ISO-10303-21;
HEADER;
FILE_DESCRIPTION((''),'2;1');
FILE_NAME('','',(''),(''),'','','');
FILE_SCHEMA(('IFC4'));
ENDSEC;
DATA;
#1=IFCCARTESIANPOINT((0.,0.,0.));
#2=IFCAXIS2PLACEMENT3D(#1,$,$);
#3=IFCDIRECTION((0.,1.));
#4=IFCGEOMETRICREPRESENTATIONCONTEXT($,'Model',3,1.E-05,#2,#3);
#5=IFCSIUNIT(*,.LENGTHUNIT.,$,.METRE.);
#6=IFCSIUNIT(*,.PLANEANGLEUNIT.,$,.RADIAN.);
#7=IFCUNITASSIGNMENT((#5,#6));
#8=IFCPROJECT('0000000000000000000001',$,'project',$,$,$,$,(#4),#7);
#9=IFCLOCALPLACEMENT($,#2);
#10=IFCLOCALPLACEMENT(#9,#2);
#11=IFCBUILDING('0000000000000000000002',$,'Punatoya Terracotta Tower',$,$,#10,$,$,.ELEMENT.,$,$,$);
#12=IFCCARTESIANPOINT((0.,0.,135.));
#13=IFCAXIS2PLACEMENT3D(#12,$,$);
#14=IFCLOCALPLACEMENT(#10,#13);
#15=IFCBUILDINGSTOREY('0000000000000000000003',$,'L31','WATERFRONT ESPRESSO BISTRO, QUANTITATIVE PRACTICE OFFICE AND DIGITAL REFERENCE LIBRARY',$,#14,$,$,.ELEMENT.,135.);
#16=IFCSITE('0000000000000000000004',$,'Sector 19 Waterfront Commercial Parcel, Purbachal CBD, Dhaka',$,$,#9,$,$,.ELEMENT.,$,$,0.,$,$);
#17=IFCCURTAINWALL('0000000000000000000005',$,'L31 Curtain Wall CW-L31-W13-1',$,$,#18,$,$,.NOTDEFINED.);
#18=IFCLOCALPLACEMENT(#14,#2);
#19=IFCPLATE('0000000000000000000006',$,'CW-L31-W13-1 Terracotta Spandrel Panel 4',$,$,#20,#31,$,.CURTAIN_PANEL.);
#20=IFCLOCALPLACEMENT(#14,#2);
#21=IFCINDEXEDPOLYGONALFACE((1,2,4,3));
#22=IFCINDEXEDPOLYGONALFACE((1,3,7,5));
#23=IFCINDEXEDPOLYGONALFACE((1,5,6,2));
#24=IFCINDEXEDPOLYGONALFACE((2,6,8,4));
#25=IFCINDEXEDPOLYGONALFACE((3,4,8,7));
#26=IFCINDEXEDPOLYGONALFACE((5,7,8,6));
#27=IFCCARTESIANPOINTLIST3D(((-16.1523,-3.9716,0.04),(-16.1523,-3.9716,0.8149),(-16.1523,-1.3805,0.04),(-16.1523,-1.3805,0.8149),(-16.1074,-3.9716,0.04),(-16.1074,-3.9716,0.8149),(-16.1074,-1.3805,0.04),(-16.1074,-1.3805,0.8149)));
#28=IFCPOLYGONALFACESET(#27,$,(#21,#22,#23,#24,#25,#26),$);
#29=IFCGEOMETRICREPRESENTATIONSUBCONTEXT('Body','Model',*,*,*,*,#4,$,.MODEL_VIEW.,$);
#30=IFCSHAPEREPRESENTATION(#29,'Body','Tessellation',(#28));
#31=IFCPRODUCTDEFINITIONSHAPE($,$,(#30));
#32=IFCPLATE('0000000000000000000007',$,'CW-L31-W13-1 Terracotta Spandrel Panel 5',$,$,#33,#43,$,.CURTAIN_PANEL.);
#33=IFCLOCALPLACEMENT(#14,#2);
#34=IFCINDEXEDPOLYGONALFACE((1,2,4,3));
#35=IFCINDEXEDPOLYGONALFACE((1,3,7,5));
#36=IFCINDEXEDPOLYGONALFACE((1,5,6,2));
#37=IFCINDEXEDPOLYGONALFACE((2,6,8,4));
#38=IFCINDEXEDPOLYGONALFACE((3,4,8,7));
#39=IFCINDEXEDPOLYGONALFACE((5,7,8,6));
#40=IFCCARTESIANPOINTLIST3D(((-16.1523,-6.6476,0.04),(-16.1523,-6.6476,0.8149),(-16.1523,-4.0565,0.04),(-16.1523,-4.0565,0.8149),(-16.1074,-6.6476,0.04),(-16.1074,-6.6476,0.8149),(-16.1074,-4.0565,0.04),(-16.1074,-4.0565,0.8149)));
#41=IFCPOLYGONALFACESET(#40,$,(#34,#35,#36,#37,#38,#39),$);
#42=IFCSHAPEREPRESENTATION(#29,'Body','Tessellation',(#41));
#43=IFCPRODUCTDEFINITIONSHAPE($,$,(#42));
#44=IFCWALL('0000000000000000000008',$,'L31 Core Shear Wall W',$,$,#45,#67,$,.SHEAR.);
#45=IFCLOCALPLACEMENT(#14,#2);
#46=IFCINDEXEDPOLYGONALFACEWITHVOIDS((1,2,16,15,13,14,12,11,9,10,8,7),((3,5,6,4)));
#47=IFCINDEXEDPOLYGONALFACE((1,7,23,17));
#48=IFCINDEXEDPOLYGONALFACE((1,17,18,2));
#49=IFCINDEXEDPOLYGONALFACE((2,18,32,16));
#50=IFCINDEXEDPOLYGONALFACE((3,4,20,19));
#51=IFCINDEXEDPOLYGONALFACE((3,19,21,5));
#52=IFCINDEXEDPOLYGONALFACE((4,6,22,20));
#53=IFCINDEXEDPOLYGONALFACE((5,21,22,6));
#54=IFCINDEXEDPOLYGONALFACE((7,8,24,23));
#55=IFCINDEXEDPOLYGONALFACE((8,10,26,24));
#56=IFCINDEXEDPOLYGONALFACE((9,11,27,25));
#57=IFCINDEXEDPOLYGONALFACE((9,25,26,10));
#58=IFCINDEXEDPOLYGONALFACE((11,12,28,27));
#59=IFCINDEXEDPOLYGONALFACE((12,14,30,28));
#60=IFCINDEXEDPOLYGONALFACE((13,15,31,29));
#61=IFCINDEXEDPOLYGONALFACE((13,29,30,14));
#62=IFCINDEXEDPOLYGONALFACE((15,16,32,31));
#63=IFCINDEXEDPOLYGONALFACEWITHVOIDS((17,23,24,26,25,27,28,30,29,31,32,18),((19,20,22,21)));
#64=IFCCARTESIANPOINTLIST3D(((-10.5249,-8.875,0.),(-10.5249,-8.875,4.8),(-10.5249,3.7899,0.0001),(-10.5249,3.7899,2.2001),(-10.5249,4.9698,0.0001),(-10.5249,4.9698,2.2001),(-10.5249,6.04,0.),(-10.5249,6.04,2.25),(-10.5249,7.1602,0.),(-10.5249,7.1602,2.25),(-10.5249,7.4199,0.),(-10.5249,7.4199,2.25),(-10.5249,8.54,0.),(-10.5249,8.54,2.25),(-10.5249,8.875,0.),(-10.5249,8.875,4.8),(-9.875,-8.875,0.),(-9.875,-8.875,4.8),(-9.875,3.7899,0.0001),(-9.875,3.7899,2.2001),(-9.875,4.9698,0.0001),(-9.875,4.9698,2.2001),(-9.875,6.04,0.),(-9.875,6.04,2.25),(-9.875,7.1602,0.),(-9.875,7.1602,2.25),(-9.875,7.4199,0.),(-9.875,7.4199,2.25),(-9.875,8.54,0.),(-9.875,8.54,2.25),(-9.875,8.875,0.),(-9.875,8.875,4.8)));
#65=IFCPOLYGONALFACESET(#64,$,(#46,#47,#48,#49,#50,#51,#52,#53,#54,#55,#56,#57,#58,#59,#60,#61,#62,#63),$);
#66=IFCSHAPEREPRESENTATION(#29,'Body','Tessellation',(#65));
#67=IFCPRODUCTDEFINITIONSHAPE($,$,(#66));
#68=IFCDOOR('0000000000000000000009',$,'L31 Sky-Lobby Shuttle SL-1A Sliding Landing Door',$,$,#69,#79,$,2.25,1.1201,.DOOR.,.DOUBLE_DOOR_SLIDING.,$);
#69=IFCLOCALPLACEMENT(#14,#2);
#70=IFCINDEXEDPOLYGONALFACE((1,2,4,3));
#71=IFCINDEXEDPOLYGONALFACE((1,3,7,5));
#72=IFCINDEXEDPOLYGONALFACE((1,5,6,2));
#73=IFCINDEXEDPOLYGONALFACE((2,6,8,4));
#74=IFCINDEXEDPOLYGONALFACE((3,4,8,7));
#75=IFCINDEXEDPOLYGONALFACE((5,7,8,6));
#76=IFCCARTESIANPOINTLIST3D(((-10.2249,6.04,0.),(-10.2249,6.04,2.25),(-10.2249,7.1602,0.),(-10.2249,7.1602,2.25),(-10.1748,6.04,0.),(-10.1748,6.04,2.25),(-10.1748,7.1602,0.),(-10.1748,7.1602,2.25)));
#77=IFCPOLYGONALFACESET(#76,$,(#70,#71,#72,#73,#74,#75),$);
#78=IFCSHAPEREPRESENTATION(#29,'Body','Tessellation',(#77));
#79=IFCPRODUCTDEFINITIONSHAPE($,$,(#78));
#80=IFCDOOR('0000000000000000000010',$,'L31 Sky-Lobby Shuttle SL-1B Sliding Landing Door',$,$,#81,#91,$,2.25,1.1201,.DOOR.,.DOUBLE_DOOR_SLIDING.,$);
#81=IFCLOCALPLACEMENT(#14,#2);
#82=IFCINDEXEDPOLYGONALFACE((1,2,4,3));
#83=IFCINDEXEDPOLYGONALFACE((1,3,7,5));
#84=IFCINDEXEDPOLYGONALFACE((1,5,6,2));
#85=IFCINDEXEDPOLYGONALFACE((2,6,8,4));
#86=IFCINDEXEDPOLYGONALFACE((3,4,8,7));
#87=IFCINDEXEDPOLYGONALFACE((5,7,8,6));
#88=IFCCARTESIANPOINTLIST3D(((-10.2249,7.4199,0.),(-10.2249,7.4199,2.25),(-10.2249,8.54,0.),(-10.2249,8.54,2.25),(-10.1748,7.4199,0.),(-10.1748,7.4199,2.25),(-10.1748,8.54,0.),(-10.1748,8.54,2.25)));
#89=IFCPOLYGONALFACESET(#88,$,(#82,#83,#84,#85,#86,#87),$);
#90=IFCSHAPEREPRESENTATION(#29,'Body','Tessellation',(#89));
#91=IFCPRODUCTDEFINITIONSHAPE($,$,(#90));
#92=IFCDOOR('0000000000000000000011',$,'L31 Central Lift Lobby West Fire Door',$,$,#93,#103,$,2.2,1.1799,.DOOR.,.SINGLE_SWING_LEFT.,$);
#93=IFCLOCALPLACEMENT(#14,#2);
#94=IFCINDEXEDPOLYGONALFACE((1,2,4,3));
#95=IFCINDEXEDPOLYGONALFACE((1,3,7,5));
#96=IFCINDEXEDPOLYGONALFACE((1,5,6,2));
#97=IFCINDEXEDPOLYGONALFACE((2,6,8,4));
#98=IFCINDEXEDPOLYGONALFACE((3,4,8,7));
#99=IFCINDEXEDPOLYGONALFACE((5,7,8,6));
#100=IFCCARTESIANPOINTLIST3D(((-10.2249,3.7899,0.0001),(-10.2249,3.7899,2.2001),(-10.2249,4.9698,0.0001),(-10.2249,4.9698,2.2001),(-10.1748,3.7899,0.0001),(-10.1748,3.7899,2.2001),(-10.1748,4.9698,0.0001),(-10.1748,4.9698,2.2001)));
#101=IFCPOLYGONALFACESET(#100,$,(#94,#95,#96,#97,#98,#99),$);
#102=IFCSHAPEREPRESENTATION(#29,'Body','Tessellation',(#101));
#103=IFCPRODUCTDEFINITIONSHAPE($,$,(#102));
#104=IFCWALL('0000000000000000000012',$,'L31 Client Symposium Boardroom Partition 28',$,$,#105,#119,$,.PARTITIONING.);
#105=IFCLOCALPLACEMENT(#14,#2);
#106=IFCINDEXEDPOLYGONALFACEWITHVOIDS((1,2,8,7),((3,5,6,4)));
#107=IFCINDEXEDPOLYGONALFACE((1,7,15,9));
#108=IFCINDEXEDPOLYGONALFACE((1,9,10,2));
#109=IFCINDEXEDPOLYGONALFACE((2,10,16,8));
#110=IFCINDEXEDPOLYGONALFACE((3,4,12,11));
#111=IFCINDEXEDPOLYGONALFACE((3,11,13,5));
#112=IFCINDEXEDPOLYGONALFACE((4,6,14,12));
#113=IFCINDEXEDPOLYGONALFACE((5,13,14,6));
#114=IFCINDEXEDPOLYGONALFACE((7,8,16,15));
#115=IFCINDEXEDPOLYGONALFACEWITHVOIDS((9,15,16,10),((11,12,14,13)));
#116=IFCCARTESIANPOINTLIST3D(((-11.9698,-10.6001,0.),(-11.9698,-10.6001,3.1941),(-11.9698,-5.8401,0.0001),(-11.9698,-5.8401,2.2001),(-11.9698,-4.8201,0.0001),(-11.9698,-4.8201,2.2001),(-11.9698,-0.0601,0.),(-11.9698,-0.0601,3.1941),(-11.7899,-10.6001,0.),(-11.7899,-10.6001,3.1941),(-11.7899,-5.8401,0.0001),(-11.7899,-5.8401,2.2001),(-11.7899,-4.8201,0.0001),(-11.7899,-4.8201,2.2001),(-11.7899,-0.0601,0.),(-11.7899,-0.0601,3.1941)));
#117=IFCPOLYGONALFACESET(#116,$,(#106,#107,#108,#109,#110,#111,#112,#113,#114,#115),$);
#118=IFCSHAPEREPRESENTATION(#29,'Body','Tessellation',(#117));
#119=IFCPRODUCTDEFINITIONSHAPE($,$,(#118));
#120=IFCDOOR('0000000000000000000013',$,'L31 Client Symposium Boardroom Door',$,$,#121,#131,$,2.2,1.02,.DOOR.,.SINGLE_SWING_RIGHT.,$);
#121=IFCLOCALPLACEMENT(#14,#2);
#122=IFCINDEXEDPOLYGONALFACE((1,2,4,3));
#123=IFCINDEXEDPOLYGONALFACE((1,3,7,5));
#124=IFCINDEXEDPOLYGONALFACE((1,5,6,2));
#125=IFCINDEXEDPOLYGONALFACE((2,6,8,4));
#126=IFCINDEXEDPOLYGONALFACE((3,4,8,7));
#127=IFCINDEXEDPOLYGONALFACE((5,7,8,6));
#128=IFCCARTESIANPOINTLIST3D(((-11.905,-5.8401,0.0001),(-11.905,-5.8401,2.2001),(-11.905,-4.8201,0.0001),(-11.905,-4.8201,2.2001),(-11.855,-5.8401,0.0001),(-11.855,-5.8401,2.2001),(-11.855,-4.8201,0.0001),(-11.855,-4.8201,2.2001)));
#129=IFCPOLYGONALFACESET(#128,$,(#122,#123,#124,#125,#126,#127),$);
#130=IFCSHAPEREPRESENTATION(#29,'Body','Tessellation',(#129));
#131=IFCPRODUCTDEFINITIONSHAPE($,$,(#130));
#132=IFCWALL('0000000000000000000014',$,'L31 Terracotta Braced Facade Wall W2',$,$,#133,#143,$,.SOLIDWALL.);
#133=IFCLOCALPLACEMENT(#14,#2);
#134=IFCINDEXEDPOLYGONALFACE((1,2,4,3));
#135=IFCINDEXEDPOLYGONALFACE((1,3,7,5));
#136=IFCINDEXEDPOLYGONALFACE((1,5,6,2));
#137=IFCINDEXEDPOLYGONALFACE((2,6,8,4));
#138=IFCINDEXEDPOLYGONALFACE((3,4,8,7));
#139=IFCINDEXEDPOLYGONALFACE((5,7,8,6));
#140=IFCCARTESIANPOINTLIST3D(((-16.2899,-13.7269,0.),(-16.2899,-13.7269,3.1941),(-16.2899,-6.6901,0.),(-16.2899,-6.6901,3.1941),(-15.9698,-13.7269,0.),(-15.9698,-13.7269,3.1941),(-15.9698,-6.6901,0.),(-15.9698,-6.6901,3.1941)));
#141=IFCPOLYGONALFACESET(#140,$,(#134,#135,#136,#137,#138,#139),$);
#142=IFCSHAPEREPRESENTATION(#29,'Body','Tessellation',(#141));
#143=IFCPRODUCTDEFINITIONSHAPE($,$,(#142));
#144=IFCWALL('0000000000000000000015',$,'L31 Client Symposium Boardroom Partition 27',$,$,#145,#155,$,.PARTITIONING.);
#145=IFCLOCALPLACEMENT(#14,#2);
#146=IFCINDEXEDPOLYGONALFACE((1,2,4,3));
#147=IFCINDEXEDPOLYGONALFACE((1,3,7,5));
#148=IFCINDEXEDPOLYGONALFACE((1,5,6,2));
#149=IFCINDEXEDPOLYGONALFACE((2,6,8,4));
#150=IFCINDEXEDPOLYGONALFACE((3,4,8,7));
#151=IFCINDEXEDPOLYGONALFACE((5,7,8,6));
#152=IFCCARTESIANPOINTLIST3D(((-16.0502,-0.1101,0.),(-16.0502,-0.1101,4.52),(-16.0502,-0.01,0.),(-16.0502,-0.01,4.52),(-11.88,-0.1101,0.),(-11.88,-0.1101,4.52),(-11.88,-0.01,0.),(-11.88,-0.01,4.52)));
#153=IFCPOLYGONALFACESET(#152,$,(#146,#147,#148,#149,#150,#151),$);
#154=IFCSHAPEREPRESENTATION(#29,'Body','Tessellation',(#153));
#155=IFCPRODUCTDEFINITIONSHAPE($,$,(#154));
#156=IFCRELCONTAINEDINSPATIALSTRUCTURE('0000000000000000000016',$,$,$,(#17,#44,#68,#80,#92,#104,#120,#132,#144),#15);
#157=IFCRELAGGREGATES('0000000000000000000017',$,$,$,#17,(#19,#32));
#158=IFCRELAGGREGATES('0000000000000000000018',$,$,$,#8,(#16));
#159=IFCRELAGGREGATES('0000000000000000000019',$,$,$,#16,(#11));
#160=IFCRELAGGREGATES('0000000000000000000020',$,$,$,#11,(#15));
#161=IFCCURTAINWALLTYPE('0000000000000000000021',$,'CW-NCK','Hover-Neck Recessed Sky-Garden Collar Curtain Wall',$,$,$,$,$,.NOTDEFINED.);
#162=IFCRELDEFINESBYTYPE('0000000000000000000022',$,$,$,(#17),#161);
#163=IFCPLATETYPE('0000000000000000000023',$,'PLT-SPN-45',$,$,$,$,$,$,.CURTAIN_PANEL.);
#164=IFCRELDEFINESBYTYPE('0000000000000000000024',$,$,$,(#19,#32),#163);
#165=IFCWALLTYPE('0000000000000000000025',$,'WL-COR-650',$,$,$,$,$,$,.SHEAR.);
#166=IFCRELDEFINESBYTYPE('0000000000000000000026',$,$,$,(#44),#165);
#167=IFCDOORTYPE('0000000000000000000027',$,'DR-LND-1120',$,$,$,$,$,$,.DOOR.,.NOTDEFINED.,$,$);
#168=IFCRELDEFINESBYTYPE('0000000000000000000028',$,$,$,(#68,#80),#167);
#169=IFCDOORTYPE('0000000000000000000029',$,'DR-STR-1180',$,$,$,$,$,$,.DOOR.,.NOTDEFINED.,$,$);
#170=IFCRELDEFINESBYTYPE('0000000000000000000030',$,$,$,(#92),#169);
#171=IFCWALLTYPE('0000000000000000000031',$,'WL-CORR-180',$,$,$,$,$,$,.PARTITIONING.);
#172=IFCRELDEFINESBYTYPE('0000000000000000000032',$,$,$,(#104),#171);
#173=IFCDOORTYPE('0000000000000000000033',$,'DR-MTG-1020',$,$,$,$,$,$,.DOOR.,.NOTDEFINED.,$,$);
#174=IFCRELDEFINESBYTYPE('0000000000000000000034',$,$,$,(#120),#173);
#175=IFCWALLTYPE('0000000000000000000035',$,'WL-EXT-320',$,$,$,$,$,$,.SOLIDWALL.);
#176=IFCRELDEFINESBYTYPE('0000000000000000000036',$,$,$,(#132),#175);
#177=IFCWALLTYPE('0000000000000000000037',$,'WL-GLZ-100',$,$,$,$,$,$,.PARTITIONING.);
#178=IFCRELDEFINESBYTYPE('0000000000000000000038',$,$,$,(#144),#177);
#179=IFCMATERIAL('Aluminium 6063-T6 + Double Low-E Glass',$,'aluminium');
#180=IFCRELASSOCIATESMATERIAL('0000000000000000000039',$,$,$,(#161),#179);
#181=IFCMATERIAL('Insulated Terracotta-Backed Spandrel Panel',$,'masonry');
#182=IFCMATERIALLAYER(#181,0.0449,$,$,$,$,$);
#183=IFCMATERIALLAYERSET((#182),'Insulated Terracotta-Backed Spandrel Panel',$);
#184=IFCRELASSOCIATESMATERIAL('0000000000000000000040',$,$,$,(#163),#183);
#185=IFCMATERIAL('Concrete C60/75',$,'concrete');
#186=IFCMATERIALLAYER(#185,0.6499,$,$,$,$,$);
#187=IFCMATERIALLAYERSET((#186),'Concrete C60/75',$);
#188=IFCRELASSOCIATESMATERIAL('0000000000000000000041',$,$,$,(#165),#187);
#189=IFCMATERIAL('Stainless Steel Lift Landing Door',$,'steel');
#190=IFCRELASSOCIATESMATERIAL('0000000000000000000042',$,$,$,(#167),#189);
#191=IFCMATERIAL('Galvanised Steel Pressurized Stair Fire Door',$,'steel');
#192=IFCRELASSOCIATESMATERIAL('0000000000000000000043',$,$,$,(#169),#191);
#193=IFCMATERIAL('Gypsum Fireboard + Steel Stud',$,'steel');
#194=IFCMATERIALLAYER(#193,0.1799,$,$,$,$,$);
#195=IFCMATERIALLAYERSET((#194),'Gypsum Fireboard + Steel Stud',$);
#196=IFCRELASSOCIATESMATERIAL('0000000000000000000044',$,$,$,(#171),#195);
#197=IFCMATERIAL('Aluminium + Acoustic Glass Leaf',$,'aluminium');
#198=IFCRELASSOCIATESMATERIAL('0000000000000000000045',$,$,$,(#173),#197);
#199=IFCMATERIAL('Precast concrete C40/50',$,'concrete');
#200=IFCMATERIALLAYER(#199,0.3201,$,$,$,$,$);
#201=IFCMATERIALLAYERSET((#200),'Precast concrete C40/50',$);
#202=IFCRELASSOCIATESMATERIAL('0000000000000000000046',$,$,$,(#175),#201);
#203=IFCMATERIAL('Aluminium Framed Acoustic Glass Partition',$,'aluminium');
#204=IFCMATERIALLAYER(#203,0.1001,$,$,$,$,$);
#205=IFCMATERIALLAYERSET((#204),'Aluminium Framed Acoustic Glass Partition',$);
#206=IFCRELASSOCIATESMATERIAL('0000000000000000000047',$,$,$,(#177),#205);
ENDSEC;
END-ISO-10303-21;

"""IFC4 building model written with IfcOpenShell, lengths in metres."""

from ifc_helpers import new_model, si_unit, direction, frame, frame_2d, origin, origin_2d, place, context, subcontext, project, spatial, rectangle, extrude, material, layer, layer_set, type_object, element, fill, aggregate, save


model = new_model("IFC4")

# Units and contexts
model_context = context("Model", 3, precision=1e-05, world=origin(), true_north=direction((0.0, 1.0)))
body_context = subcontext(model_context, "Body", "Model", "MODEL_VIEW")
ifc_project = project(units=[si_unit("LENGTHUNIT", "METRE"), si_unit("PLANEANGLEUNIT", "RADIAN")], contexts=[model_context])

# Site, building, storey
site_placement = place(None, origin())
site = spatial("IfcSite", under=ifc_project, at=site_placement, Name="Sector 19 Waterfront Commercial Parcel, Purbachal CBD, Dhaka", CompositionType="ELEMENT", RefElevation=0.0)
building_placement = place(site_placement, origin())
building = spatial("IfcBuilding", under=site, at=building_placement, Name="Punatoya Terracotta Tower", CompositionType="ELEMENT")
storey_placement = place(building_placement, frame((0.0, 0.0, 135.0)))
storey = spatial("IfcBuildingStorey", under=building, at=storey_placement, Name="L31", Description="WATERFRONT ESPRESSO BISTRO, QUANTITATIVE PRACTICE OFFICE AND DIGITAL REFERENCE LIBRARY", CompositionType="ELEMENT", Elevation=135.0)

# Curtain wall, plates
ifc_material_1 = material(Name="Aluminium 6063-T6 + Double Low-E Glass", Category="aluminium")
curtain_wall_type = type_object("IfcCurtainWallType", Name="CW-NCK", Description="Hover-Neck Recessed Sky-Garden Collar Curtain Wall", PredefinedType="NOTDEFINED", material=ifc_material_1)
curtain_wall_placement = place(storey_placement, origin())
curtain_wall = element("IfcCurtainWall", 1, at=curtain_wall_placement, inside=storey, type_object=curtain_wall_type, Name="L31 Curtain Wall CW-L31-W13-1", PredefinedType="NOTDEFINED")
ifc_material_2 = material(Name="Insulated Terracotta-Backed Spandrel Panel", Category="masonry")
ifc_layer_1 = layer(ifc_material_2, 0.0449)
ifc_layer_set_1 = layer_set([ifc_layer_1], Name="Insulated Terracotta-Backed Spandrel Panel")
plate_type_1 = type_object("IfcPlateType", Name="PLT-SPN-45", PredefinedType="CURTAIN_PANEL", material=ifc_layer_set_1)
plate_1_placement = place(storey_placement, frame((-16.1299, -2.676, 0.04), z_axis=(0.0, 0.0, 1.0), x_axis=(0.0, -1.0, 0.0)))
plate_1 = element("IfcPlate", 2, at=plate_1_placement, type_object=plate_type_1, Name="CW-L31-W13-1 Terracotta Spandrel Panel 4", PredefinedType="CURTAIN_PANEL", context=body_context, shape_type="SweptSolid", body=[
    extrude(rectangle(XDim=2.5911, YDim=0.0449, at=origin_2d()), origin(), (0.0, 0.0, 1.0), 0.7749),
])
plate_2_placement = place(storey_placement, frame((-16.1299, -5.3521, 0.04), z_axis=(0.0, 0.0, 1.0), x_axis=(0.0, -1.0, 0.0)))
plate_2 = element("IfcPlate", 3, at=plate_2_placement, type_object=plate_type_1, Name="CW-L31-W13-1 Terracotta Spandrel Panel 5", PredefinedType="CURTAIN_PANEL", context=body_context, shape_type="SweptSolid", body=[
    extrude(rectangle(XDim=2.5911, YDim=0.0449, at=origin_2d()), origin(), (0.0, 0.0, 1.0), 0.7749),
])
aggregate(curtain_wall, [plate_1, plate_2])

# Wall, openings, doors
ifc_material_3 = material(Name="Concrete C60/75", Category="concrete")
ifc_layer_2 = layer(ifc_material_3, 0.6499)
ifc_layer_set_2 = layer_set([ifc_layer_2], Name="Concrete C60/75")
wall_type_1 = type_object("IfcWallType", Name="WL-COR-650", PredefinedType="SHEAR", material=ifc_layer_set_2)
wall_1_placement = place(storey_placement, frame((-10.2, -8.875, 0.0), z_axis=(0.0, 0.0, 1.0), x_axis=(0.0, 1.0, 0.0)))
wall_1 = element("IfcWall", 4, at=wall_1_placement, inside=storey, type_object=wall_type_1, Name="L31 Core Shear Wall W", PredefinedType="SHEAR", context=body_context, shape_type="SweptSolid", body=[
    extrude(rectangle(XDim=17.75, YDim=0.6499, at=frame_2d((8.875, 0.0))), origin(), (0.0, 0.0, 1.0), 4.8),
])
opening_1_placement = place(wall_1_placement, frame((12.665, 0.0, 0.0)))
opening_1 = element("IfcOpeningElement", 5, at=opening_1_placement, cuts=wall_1, PredefinedType="OPENING", context=body_context, shape_type="SweptSolid", body=[
    extrude(rectangle(XDim=1.1799, YDim=2.2, at=frame_2d((0.5898, 1.1001))), frame((0.0, 0.335, 0.0), z_axis=(0.0, -1.0, 0.0), x_axis=(1.0, 0.0, 0.0)), (0.0, 0.0, 1.0), 0.6699),
])
opening_2_placement = place(wall_1_placement, frame((14.915, 0.0, 0.0)))
opening_2 = element("IfcOpeningElement", 6, at=opening_2_placement, cuts=wall_1, PredefinedType="OPENING", context=body_context, shape_type="SweptSolid", body=[
    extrude(rectangle(XDim=1.1201, YDim=2.25, at=frame_2d((0.5601, 1.125))), frame((0.0, 0.335, 0.0), z_axis=(0.0, -1.0, 0.0), x_axis=(1.0, 0.0, 0.0)), (0.0, 0.0, 1.0), 0.6699),
])
opening_3_placement = place(wall_1_placement, frame((16.2949, 0.0, 0.0)))
opening_3 = element("IfcOpeningElement", 7, at=opening_3_placement, cuts=wall_1, PredefinedType="OPENING", context=body_context, shape_type="SweptSolid", body=[
    extrude(rectangle(XDim=1.1201, YDim=2.25, at=frame_2d((0.5601, 1.125))), frame((0.0, 0.335, 0.0), z_axis=(0.0, -1.0, 0.0), x_axis=(1.0, 0.0, 0.0)), (0.0, 0.0, 1.0), 0.6699),
])
ifc_material_4 = material(Name="Stainless Steel Lift Landing Door", Category="steel")
door_type_1 = type_object("IfcDoorType", Name="DR-LND-1120", OperationType="NOTDEFINED", PredefinedType="DOOR", material=ifc_material_4)
door_1_placement = place(opening_2_placement, origin())
door_1 = element("IfcDoor", 8, at=door_1_placement, inside=storey, type_object=door_type_1, Name="L31 Sky-Lobby Shuttle SL-1A Sliding Landing Door", OperationType="DOUBLE_DOOR_SLIDING", OverallHeight=2.25, OverallWidth=1.1201, PredefinedType="DOOR", context=body_context, shape_type="SweptSolid", body=[
    extrude(rectangle(XDim=1.1201, YDim=2.25, at=frame_2d((0.5601, 1.125))), frame((0.0, 0.0249, 0.0), z_axis=(0.0, -1.0, 0.0), x_axis=(1.0, 0.0, 0.0)), (0.0, 0.0, 1.0), 0.05),
])
fill(opening_2, door_1)
door_2_placement = place(opening_3_placement, origin())
door_2 = element("IfcDoor", 9, at=door_2_placement, inside=storey, type_object=door_type_1, Name="L31 Sky-Lobby Shuttle SL-1B Sliding Landing Door", OperationType="DOUBLE_DOOR_SLIDING", OverallHeight=2.25, OverallWidth=1.1201, PredefinedType="DOOR", context=body_context, shape_type="SweptSolid", body=[
    extrude(rectangle(XDim=1.1201, YDim=2.25, at=frame_2d((0.5601, 1.125))), frame((0.0, 0.0249, 0.0), z_axis=(0.0, -1.0, 0.0), x_axis=(1.0, 0.0, 0.0)), (0.0, 0.0, 1.0), 0.05),
])
fill(opening_3, door_2)
ifc_material_5 = material(Name="Galvanised Steel Pressurized Stair Fire Door", Category="steel")
door_type_2 = type_object("IfcDoorType", Name="DR-STR-1180", OperationType="NOTDEFINED", PredefinedType="DOOR", material=ifc_material_5)
door_3_placement = place(opening_1_placement, origin())
door_3 = element("IfcDoor", 10, at=door_3_placement, inside=storey, type_object=door_type_2, Name="L31 Central Lift Lobby West Fire Door", OperationType="SINGLE_SWING_LEFT", OverallHeight=2.2, OverallWidth=1.1799, PredefinedType="DOOR", context=body_context, shape_type="SweptSolid", body=[
    extrude(rectangle(XDim=1.1799, YDim=2.2, at=frame_2d((0.5898, 1.1001))), frame((0.0, 0.0249, 0.0), z_axis=(0.0, -1.0, 0.0), x_axis=(1.0, 0.0, 0.0)), (0.0, 0.0, 1.0), 0.05),
])
fill(opening_1, door_3)

# Wall, opening, door
ifc_material_6 = material(Name="Gypsum Fireboard + Steel Stud", Category="steel")
ifc_layer_3 = layer(ifc_material_6, 0.1799)
ifc_layer_set_3 = layer_set([ifc_layer_3], Name="Gypsum Fireboard + Steel Stud")
wall_type_2 = type_object("IfcWallType", Name="WL-CORR-180", PredefinedType="PARTITIONING", material=ifc_layer_set_3)
wall_2_placement = place(storey_placement, frame((-11.8799, -0.0601, 0.0), z_axis=(0.0, 0.0, 1.0), x_axis=(0.0, -1.0, 0.0)))
wall_2 = element("IfcWall", 11, at=wall_2_placement, inside=storey, type_object=wall_type_2, Name="L31 Client Symposium Boardroom Partition 28", PredefinedType="PARTITIONING", context=body_context, shape_type="SweptSolid", body=[
    extrude(rectangle(XDim=10.54, YDim=0.1799, at=frame_2d((5.27, 0.0))), origin(), (0.0, 0.0, 1.0), 3.1941),
])
opening_4_placement = place(wall_2_placement, frame((4.76, 0.0, 0.0)))
opening_4 = element("IfcOpeningElement", 12, at=opening_4_placement, cuts=wall_2, PredefinedType="OPENING", context=body_context, shape_type="SweptSolid", body=[
    extrude(rectangle(XDim=1.02, YDim=2.2, at=frame_2d((0.51, 1.1001))), frame((0.0, 0.0999, 0.0), z_axis=(0.0, -1.0, 0.0), x_axis=(1.0, 0.0, 0.0)), (0.0, 0.0, 1.0), 0.2),
])
ifc_material_7 = material(Name="Aluminium + Acoustic Glass Leaf", Category="aluminium")
door_type_3 = type_object("IfcDoorType", Name="DR-MTG-1020", OperationType="NOTDEFINED", PredefinedType="DOOR", material=ifc_material_7)
door_4_placement = place(opening_4_placement, origin())
door_4 = element("IfcDoor", 13, at=door_4_placement, inside=storey, type_object=door_type_3, Name="L31 Client Symposium Boardroom Door", OperationType="SINGLE_SWING_RIGHT", OverallHeight=2.2, OverallWidth=1.02, PredefinedType="DOOR", context=body_context, shape_type="SweptSolid", body=[
    extrude(rectangle(XDim=1.02, YDim=2.2, at=frame_2d((0.51, 1.1001))), frame((0.0, 0.0249, 0.0), z_axis=(0.0, -1.0, 0.0), x_axis=(1.0, 0.0, 0.0)), (0.0, 0.0, 1.0), 0.05),
])
fill(opening_4, door_4)

# Walls
ifc_material_8 = material(Name="Precast concrete C40/50", Category="concrete")
ifc_layer_4 = layer(ifc_material_8, 0.3201)
ifc_layer_set_4 = layer_set([ifc_layer_4], Name="Precast concrete C40/50")
wall_type_3 = type_object("IfcWallType", Name="WL-EXT-320", PredefinedType="SOLIDWALL", material=ifc_layer_set_4)
wall_3_placement = place(storey_placement, frame((-16.1299, -6.6899, 0.0), z_axis=(0.0, 0.0, 1.0), x_axis=(0.0, -1.0, 0.0)))
element("IfcWall", 14, at=wall_3_placement, inside=storey, type_object=wall_type_3, Name="L31 Terracotta Braced Facade Wall W2", PredefinedType="SOLIDWALL", context=body_context, shape_type="SweptSolid", body=[
    extrude(rectangle(XDim=7.0369, YDim=0.3201, at=frame_2d((3.5186, 0.0))), origin(), (0.0, 0.0, 1.0), 3.1941),
])
ifc_material_9 = material(Name="Aluminium Framed Acoustic Glass Partition", Category="aluminium")
ifc_layer_5 = layer(ifc_material_9, 0.1001)
ifc_layer_set_5 = layer_set([ifc_layer_5], Name="Aluminium Framed Acoustic Glass Partition")
wall_type_4 = type_object("IfcWallType", Name="WL-GLZ-100", PredefinedType="PARTITIONING", material=ifc_layer_set_5)
wall_4_placement = place(storey_placement, frame((-16.05, -0.0601, 0.0), z_axis=(0.0, 0.0, 1.0), x_axis=(1.0, 0.0, 0.0)))
element("IfcWall", 15, at=wall_4_placement, inside=storey, type_object=wall_type_4, Name="L31 Client Symposium Boardroom Partition 27", PredefinedType="PARTITIONING", context=body_context, shape_type="SweptSolid", body=[
    extrude(rectangle(XDim=4.1702, YDim=0.1001, at=frame_2d((2.085, 0.0))), origin(), (0.0, 0.0, 1.0), 4.52),
])

save(model, "model.ifc")
